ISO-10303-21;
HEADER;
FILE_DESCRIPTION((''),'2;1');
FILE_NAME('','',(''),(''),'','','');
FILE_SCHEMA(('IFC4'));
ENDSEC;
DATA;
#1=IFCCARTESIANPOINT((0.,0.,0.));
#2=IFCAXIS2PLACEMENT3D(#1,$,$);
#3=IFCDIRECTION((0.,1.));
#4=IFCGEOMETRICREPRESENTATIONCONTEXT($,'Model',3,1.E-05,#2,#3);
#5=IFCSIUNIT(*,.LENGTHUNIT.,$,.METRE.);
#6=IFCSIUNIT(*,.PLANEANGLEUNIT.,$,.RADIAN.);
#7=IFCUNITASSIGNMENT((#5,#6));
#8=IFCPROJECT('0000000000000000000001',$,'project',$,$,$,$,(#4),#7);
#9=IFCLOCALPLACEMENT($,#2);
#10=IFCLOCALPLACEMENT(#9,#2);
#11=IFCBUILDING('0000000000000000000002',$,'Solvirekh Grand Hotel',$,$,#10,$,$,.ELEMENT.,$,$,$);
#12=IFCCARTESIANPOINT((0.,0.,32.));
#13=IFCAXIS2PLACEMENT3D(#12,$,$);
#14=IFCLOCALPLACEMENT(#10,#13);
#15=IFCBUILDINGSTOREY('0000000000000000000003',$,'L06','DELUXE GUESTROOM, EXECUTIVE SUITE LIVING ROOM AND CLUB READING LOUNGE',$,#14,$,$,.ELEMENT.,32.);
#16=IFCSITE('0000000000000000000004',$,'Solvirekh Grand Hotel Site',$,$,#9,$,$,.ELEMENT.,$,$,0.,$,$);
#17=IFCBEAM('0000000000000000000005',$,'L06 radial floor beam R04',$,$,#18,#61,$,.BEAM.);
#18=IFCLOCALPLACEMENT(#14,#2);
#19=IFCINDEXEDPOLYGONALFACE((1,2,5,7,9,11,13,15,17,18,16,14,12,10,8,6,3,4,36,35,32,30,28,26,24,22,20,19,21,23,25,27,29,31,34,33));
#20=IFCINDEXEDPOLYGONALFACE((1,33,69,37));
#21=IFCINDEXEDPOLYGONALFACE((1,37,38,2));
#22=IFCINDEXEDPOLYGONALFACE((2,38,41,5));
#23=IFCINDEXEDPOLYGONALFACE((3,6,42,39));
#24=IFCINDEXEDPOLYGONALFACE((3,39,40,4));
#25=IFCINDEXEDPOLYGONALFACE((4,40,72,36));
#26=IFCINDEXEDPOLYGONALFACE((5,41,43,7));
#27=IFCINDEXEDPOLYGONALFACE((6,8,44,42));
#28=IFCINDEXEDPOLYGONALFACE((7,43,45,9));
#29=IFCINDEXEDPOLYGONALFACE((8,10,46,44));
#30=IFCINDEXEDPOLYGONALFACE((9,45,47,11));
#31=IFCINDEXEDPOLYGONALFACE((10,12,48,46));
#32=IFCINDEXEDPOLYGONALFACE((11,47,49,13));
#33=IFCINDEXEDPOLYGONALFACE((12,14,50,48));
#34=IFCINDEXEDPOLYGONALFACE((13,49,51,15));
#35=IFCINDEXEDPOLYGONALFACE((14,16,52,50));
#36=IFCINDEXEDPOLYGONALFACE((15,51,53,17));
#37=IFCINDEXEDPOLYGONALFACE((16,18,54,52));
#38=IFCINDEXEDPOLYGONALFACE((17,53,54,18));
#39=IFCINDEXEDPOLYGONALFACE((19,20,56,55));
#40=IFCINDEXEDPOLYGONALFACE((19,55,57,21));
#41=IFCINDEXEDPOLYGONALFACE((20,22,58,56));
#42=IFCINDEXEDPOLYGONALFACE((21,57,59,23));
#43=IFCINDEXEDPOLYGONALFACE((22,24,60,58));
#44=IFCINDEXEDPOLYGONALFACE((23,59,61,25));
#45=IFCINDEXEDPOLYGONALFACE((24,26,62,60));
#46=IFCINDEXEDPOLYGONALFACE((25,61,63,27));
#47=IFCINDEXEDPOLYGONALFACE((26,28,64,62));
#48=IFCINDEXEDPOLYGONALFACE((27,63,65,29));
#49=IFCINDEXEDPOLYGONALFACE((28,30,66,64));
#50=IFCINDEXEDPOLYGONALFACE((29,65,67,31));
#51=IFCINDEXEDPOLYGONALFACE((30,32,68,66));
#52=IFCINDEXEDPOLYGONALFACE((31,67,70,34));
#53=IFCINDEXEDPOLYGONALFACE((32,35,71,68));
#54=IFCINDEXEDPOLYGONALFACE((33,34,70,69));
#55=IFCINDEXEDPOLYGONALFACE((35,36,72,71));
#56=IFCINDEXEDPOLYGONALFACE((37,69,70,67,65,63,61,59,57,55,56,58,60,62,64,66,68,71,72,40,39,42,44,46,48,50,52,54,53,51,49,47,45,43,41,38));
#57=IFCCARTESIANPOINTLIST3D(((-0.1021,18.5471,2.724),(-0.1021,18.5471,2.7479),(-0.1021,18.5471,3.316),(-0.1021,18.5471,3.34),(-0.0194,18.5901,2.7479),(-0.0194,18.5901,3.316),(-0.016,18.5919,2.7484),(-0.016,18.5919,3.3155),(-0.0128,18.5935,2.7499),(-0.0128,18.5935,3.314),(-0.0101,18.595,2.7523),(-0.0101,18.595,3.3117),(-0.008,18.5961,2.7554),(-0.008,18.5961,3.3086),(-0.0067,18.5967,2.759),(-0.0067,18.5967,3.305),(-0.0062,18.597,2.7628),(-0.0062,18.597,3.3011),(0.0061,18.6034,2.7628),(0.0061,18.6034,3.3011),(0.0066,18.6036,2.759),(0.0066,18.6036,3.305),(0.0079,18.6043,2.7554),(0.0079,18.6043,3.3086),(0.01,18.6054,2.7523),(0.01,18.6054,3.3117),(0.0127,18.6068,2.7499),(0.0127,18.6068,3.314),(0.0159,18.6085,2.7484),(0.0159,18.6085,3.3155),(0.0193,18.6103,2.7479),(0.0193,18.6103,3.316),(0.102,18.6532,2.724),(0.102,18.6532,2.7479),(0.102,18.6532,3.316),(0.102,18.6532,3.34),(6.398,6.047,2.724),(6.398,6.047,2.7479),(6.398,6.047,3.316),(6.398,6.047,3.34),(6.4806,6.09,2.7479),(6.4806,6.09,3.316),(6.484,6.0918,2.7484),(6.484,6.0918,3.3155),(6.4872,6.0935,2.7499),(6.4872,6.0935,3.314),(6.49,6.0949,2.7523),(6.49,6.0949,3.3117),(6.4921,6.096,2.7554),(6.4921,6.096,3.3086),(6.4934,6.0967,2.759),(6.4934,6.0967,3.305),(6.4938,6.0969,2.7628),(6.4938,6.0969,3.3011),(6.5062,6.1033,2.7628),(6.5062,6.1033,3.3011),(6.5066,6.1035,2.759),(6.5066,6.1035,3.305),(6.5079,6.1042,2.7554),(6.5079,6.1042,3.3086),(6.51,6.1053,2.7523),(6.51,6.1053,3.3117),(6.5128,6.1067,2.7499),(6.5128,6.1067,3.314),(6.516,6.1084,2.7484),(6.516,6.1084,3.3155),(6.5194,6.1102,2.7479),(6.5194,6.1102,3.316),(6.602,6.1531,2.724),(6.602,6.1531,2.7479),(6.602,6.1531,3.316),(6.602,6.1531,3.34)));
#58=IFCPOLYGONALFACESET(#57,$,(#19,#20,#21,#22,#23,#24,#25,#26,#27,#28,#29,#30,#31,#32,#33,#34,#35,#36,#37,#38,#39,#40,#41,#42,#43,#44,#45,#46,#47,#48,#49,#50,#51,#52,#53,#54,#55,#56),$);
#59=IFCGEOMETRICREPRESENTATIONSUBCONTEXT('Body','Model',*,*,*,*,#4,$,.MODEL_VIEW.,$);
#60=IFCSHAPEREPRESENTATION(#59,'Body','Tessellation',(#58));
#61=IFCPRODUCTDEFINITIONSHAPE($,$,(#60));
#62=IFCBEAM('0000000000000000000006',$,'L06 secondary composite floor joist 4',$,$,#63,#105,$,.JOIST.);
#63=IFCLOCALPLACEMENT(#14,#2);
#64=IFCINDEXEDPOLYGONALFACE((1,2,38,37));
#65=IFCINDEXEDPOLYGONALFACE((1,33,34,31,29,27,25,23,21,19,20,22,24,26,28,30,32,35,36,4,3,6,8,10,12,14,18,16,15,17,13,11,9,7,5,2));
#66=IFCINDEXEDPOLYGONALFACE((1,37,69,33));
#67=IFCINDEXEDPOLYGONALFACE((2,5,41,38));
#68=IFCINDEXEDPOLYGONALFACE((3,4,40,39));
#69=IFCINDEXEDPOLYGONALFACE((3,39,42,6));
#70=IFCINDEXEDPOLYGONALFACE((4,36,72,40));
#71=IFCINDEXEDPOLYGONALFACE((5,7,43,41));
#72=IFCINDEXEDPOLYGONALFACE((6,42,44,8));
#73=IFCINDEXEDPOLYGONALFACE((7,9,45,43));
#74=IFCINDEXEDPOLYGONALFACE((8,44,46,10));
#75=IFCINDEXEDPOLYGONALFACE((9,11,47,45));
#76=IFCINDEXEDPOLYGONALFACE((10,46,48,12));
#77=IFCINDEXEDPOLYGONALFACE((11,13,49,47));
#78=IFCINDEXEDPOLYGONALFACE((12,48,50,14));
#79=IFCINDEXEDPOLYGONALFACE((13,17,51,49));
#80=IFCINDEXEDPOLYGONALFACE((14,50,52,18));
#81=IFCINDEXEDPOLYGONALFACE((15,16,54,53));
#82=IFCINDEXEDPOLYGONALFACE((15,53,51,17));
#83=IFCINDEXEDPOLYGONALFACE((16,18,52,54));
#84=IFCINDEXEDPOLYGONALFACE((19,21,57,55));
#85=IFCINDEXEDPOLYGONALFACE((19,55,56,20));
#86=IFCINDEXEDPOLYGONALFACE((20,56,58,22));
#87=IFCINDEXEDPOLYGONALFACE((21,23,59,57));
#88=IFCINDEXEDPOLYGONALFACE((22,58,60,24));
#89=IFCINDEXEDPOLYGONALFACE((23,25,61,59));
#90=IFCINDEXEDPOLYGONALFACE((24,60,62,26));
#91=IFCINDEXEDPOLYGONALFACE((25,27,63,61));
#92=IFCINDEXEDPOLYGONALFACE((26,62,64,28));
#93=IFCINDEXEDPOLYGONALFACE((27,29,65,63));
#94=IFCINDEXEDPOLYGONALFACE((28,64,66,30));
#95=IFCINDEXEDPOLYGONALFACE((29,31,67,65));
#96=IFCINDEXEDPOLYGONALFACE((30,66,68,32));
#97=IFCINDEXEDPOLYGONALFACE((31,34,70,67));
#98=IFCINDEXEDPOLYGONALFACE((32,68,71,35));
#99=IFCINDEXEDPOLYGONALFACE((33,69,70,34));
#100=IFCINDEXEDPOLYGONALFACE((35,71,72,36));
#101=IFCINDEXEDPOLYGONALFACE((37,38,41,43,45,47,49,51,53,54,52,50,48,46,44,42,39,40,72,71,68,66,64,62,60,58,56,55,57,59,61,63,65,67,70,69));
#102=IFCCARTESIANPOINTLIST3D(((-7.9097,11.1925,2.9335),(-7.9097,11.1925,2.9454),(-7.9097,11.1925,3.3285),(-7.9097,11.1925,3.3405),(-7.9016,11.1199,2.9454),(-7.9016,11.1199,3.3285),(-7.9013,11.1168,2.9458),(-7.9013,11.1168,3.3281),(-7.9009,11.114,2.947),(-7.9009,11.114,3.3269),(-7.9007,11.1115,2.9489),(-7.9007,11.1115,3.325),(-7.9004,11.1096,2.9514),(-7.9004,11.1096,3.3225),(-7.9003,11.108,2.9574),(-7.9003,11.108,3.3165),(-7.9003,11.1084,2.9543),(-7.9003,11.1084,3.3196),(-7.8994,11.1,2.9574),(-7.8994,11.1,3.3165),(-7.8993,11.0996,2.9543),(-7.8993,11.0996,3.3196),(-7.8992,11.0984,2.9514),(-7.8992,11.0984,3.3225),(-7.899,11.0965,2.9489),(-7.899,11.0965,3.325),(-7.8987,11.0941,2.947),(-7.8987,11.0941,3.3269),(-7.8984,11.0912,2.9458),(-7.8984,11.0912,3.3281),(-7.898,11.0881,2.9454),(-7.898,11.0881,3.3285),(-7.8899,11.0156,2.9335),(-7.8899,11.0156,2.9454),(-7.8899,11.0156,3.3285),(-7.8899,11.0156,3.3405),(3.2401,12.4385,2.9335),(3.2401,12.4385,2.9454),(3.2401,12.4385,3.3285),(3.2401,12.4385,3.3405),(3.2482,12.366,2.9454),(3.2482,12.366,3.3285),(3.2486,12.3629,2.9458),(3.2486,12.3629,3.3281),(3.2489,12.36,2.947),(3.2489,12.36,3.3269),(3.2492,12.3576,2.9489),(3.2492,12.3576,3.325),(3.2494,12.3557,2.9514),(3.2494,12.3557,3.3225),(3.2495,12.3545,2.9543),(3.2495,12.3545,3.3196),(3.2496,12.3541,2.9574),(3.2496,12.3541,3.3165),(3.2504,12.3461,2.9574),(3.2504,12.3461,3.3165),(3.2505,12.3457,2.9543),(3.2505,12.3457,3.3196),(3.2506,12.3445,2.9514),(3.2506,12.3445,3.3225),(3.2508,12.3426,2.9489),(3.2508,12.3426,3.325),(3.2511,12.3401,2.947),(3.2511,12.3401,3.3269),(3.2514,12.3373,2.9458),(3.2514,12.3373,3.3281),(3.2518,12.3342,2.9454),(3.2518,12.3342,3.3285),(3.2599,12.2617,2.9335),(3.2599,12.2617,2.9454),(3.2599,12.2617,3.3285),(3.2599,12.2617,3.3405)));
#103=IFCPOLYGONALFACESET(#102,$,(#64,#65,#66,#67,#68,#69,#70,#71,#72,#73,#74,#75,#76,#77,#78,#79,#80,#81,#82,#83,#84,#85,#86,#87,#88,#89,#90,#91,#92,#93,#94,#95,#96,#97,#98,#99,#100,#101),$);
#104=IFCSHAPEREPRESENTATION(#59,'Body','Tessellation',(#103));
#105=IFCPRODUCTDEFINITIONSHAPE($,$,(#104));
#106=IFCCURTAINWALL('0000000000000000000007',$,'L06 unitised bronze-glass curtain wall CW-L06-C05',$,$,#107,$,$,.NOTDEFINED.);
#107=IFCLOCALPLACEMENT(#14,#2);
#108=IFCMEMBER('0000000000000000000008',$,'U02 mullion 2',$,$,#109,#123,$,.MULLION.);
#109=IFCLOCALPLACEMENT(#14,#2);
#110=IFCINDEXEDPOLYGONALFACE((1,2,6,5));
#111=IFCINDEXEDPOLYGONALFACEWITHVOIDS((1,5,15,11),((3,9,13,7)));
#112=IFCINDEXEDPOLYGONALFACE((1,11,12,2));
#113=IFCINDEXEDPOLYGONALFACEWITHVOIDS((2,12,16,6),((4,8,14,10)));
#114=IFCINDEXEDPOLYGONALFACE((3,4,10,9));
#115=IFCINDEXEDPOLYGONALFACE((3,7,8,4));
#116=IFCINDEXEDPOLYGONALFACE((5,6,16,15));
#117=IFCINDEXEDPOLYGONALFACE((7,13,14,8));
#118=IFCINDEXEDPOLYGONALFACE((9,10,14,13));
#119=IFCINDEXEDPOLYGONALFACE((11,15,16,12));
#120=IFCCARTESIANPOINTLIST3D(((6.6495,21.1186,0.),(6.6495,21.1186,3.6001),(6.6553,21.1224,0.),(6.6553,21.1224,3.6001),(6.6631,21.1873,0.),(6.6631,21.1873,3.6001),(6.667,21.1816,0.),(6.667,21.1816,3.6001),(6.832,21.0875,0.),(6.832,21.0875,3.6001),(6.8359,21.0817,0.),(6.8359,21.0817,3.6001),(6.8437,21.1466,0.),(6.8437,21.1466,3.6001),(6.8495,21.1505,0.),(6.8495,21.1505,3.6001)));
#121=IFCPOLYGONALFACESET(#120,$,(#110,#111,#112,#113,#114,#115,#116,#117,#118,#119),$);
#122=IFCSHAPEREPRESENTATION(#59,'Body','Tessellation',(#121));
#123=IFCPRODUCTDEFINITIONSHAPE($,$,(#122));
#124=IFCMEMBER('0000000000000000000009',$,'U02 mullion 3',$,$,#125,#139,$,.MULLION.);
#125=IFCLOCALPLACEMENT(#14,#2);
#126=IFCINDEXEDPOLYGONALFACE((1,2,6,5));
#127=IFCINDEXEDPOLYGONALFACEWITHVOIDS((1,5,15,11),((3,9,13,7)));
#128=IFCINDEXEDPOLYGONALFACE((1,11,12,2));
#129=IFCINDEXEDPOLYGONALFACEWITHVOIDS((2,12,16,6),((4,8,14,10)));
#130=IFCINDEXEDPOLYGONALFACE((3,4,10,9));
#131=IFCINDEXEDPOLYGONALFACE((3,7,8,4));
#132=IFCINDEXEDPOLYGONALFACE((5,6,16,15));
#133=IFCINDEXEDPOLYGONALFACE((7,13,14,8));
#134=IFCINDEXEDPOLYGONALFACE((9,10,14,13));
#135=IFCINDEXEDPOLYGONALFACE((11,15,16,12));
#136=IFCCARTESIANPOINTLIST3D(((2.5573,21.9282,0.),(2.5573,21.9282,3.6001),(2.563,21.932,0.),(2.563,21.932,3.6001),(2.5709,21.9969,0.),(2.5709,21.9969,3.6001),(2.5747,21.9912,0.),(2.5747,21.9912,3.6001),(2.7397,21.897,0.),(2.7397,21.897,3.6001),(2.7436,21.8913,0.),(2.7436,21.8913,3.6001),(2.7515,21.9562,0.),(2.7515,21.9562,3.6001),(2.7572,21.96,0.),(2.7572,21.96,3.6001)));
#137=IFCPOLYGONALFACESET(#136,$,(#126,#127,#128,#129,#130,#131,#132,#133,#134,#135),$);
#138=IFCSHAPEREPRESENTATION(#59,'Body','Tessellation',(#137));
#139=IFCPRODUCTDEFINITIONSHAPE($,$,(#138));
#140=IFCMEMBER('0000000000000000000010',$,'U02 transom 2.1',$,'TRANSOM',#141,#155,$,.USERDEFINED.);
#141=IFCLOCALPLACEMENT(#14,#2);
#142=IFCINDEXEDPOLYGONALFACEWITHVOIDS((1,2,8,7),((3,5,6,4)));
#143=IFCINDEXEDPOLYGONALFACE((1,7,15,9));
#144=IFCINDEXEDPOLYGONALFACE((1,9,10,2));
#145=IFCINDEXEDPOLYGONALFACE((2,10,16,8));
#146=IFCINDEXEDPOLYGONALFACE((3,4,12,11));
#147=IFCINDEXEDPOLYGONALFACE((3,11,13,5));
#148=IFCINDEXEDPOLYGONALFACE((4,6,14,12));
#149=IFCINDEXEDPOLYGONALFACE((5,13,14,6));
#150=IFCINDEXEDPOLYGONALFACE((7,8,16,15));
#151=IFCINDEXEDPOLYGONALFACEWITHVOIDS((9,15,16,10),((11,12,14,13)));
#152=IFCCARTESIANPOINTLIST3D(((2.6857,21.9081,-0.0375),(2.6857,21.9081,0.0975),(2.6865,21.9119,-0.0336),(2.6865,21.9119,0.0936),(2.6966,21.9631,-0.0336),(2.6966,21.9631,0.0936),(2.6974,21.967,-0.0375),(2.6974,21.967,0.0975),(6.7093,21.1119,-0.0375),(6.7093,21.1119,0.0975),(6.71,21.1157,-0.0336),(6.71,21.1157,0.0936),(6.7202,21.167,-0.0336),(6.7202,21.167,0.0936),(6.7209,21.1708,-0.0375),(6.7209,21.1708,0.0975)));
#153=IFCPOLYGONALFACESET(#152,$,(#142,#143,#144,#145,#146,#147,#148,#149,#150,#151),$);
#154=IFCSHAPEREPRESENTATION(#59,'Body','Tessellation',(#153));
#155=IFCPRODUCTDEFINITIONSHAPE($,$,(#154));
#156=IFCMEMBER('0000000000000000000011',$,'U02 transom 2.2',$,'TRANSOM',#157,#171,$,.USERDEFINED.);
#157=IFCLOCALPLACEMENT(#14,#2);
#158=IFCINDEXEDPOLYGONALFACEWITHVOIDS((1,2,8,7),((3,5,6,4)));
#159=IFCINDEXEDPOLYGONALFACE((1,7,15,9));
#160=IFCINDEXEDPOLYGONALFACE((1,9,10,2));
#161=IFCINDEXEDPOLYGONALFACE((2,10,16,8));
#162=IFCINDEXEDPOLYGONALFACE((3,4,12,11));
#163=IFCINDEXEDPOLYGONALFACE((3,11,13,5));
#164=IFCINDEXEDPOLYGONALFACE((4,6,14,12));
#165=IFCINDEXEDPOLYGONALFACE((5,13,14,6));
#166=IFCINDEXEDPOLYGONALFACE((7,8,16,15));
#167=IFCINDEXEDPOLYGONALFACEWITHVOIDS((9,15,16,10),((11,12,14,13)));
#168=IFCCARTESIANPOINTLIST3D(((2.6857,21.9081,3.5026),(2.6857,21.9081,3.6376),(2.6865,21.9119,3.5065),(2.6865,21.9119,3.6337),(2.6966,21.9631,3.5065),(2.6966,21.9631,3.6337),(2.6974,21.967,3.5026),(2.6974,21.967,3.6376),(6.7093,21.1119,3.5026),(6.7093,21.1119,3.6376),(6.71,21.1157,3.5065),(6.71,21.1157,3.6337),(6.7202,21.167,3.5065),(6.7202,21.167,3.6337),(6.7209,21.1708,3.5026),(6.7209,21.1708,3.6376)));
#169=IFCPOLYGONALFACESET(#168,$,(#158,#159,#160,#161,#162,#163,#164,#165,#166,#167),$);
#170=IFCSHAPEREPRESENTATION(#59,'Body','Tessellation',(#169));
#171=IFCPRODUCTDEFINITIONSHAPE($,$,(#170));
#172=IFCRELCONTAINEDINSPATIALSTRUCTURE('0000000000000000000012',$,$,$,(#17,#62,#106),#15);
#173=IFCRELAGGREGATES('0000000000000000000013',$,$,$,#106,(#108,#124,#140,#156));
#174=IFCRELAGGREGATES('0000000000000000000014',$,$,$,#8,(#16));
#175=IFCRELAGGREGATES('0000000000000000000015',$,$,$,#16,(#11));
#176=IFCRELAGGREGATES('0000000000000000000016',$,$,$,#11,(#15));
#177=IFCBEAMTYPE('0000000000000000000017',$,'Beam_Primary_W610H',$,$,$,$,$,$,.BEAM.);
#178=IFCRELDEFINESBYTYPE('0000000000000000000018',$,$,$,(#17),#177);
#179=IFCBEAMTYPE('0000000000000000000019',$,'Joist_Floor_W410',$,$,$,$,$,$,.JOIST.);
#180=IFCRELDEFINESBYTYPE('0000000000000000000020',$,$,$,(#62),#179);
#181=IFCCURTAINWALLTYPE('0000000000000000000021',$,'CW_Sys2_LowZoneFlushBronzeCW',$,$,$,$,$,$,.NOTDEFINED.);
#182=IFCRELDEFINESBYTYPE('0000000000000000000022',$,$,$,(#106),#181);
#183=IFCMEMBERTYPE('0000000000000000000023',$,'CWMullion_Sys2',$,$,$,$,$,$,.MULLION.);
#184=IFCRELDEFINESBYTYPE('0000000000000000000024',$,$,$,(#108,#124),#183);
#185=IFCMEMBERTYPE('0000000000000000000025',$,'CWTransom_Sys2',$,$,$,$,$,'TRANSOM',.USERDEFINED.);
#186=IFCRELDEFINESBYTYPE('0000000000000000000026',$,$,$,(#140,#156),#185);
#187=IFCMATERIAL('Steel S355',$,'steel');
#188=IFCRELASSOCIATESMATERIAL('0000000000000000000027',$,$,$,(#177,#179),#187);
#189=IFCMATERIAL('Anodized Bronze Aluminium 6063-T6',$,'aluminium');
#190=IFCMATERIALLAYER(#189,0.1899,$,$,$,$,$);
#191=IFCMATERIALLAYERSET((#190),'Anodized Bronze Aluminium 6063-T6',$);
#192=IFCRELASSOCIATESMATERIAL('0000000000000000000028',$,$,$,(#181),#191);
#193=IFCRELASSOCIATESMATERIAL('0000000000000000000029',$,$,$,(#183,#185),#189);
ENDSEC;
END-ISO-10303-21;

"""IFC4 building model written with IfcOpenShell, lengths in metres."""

from ifc_helpers import new_model, si_unit, direction, frame, origin, origin_2d, place, context, subcontext, project, spatial, hollow_rectangle, i_section, extrude, source, transform, mapped, material, layer, layer_set, material_profile, profile_set, type_object, element, aggregate, save


model = new_model("IFC4")

# Units and contexts
model_context = context("Model", 3, precision=1e-05, world=origin(), true_north=direction((0.0, 1.0)))
body_context = subcontext(model_context, "Body", "Model", "MODEL_VIEW")
ifc_project = project(units=[si_unit("LENGTHUNIT", "METRE"), si_unit("PLANEANGLEUNIT", "RADIAN")], contexts=[model_context])

# Site, building, storey
site_placement = place(None, origin())
site = spatial("IfcSite", under=ifc_project, at=site_placement, Name="Solvirekh Grand Hotel Site", CompositionType="ELEMENT", RefElevation=0.0)
building_placement = place(site_placement, origin())
building = spatial("IfcBuilding", under=site, at=building_placement, Name="Solvirekh Grand Hotel", CompositionType="ELEMENT")
storey_placement = place(building_placement, frame((0.0, 0.0, 32.0)))
storey = spatial("IfcBuildingStorey", under=building, at=storey_placement, Name="L06", Description="DELUXE GUESTROOM, EXECUTIVE SUITE LIVING ROOM AND CLUB READING LOUNGE", CompositionType="ELEMENT", Elevation=32.0)

# Beams
ifc_material_1 = material(Name="Steel S355", Category="steel")
ifc_material_profile_1 = material_profile(ifc_material_1, i_section(OverallWidth=0.23, OverallDepth=0.616, WebThickness=0.0139, FlangeThickness=0.0239, FilletRadius=0.0149, at=origin_2d()), Name="W610X174")
ifc_profile_set_1 = profile_set([ifc_material_profile_1], Name="Steel S355")
beam_type_1 = type_object("IfcBeamType", Name="Beam_Primary_W610H", PredefinedType="BEAM", material=ifc_profile_set_1)
beam_1_placement = place(storey_placement, frame((6.5, 6.1001, 3.032), z_axis=(-0.461353, 0.887217, 0.0), x_axis=(-0.887217, -0.461353, 0.0)))
element("IfcBeam", 1, at=beam_1_placement, inside=storey, type_object=beam_type_1, Name="L06 radial floor beam R04", PredefinedType="BEAM", context=body_context, shape_type="SweptSolid", body=[
    extrude(i_section(OverallWidth=0.23, OverallDepth=0.616, WebThickness=0.0139, FlangeThickness=0.0239, FilletRadius=0.0149, at=origin_2d()), origin(), (0.0, 0.0, 1.0), 14.0891),
])
ifc_material_profile_2 = material_profile(ifc_material_1, i_section(OverallWidth=0.178, OverallDepth=0.407, WebThickness=0.0081, FlangeThickness=0.012, FilletRadius=0.012, at=origin_2d()), Name="W410X60")
ifc_profile_set_2 = profile_set([ifc_material_profile_2], Name="Steel S355")
beam_type_2 = type_object("IfcBeamType", Name="Joist_Floor_W410", PredefinedType="JOIST", material=ifc_profile_set_2)
beam_2_placement = place(storey_placement, frame((3.25, 12.3501, 3.137), z_axis=(-0.993813, -0.111067, 0.0), x_axis=(0.111067, -0.993813, 0.0)))
element("IfcBeam", 2, at=beam_2_placement, inside=storey, type_object=beam_type_2, Name="L06 secondary composite floor joist 4", PredefinedType="JOIST", context=body_context, shape_type="SweptSolid", body=[
    extrude(i_section(OverallWidth=0.178, OverallDepth=0.407, WebThickness=0.0081, FlangeThickness=0.012, FilletRadius=0.012, at=origin_2d()), origin(), (0.0, 0.0, 1.0), 11.2192),
])

# Curtain wall, members
ifc_material_2 = material(Name="Anodized Bronze Aluminium 6063-T6", Category="aluminium")
ifc_layer_1 = layer(ifc_material_2, 0.1899)
ifc_layer_set_1 = layer_set([ifc_layer_1], Name="Anodized Bronze Aluminium 6063-T6")
curtain_wall_type = type_object("IfcCurtainWallType", Name="CW_Sys2_LowZoneFlushBronzeCW", PredefinedType="NOTDEFINED", material=ifc_layer_set_1)
curtain_wall_placement = place(storey_placement, origin())
curtain_wall = element("IfcCurtainWall", 3, at=curtain_wall_placement, inside=storey, type_object=curtain_wall_type, Name="L06 unitised bronze-glass curtain wall CW-L06-C05", PredefinedType="NOTDEFINED")
ifc_material_profile_3 = material_profile(ifc_material_2, hollow_rectangle(XDim=0.0701, YDim=0.1899, WallThickness=0.0049, at=origin_2d()), Name="ALU RHS 190X70X5")
ifc_profile_set_3 = profile_set([ifc_material_profile_3], Name="Anodized Bronze Aluminium 6063-T6")
member_type_1 = type_object("IfcMemberType", Name="CWMullion_Sys2", PredefinedType="MULLION", material=ifc_profile_set_3)
shared_shape_1 = source(origin(), body_context, "Body", "SweptSolid", [
    extrude(hollow_rectangle(XDim=0.0701, YDim=0.1899, WallThickness=0.0049, at=origin_2d()), origin(), (0.0, 0.0, 1.0), 3.6001),
])
member_1_placement = place(storey_placement, frame((6.7495, 21.1345, 0.0), z_axis=(0.0, 0.0, 1.0), x_axis=(-0.194104, -0.980981, 0.0)))
member_1 = element("IfcMember", 4, at=member_1_placement, type_object=member_type_1, Name="U02 mullion 2", PredefinedType="MULLION", context=body_context, shape_type="MappedRepresentation", body=[
    mapped(shared_shape_1, transform((0.0, 0.0, 0.0), x_axis=(1.0, 0.0, 0.0), y_axis=(0.0, 1.0, 0.0), z_axis=(0.0, 0.0, 1.0), scale=1.0)),
])
member_2_placement = place(storey_placement, frame((2.6572, 21.9441, 0.0), z_axis=(0.0, 0.0, 1.0), x_axis=(-0.194104, -0.980981, 0.0)))
member_2 = element("IfcMember", 5, at=member_2_placement, type_object=member_type_1, Name="U02 mullion 3", PredefinedType="MULLION", context=body_context, shape_type="MappedRepresentation", body=[
    mapped(shared_shape_1, transform((0.0, 0.0, 0.0), x_axis=(1.0, 0.0, 0.0), y_axis=(0.0, 1.0, 0.0), z_axis=(0.0, 0.0, 1.0), scale=1.0)),
])
ifc_material_profile_4 = material_profile(ifc_material_2, hollow_rectangle(XDim=0.0601, YDim=0.135, WallThickness=0.0039, at=origin_2d()), Name="ALU RHS 135X60X4")
ifc_profile_set_4 = profile_set([ifc_material_profile_4], Name="Anodized Bronze Aluminium 6063-T6")
member_type_2 = type_object("IfcMemberType", Name="CWTransom_Sys2", ElementType="TRANSOM", PredefinedType="USERDEFINED", material=ifc_profile_set_4)
shared_shape_2 = source(origin(), body_context, "Body", "SweptSolid", [
    extrude(hollow_rectangle(XDim=0.0601, YDim=0.135, WallThickness=0.0039, at=origin_2d()), origin(), (0.0, 0.0, 1.0), 4.1016),
])
member_3_placement = place(storey_placement, frame((6.7151, 21.1414, 0.03), z_axis=(-0.980979, 0.194112, 0.0), x_axis=(-0.194112, -0.980979, 0.0)))
member_3 = element("IfcMember", 6, at=member_3_placement, type_object=member_type_2, Name="U02 transom 2.1", ObjectType="TRANSOM", PredefinedType="USERDEFINED", context=body_context, shape_type="MappedRepresentation", body=[
    mapped(shared_shape_2, transform((0.0, 0.0, 0.0), x_axis=(1.0, 0.0, 0.0), y_axis=(0.0, 1.0, 0.0), z_axis=(0.0, 0.0, 1.0), scale=1.0)),
])
member_4_placement = place(storey_placement, frame((6.7151, 21.1414, 3.5701), z_axis=(-0.980979, 0.194112, 0.0), x_axis=(-0.194112, -0.980979, 0.0)))
member_4 = element("IfcMember", 7, at=member_4_placement, type_object=member_type_2, Name="U02 transom 2.2", ObjectType="TRANSOM", PredefinedType="USERDEFINED", context=body_context, shape_type="MappedRepresentation", body=[
    mapped(shared_shape_2, transform((0.0, 0.0, 0.0), x_axis=(1.0, 0.0, 0.0), y_axis=(0.0, 1.0, 0.0), z_axis=(0.0, 0.0, 1.0), scale=1.0)),
])
aggregate(curtain_wall, [member_1, member_2, member_3, member_4])

save(model, "model.ifc")
